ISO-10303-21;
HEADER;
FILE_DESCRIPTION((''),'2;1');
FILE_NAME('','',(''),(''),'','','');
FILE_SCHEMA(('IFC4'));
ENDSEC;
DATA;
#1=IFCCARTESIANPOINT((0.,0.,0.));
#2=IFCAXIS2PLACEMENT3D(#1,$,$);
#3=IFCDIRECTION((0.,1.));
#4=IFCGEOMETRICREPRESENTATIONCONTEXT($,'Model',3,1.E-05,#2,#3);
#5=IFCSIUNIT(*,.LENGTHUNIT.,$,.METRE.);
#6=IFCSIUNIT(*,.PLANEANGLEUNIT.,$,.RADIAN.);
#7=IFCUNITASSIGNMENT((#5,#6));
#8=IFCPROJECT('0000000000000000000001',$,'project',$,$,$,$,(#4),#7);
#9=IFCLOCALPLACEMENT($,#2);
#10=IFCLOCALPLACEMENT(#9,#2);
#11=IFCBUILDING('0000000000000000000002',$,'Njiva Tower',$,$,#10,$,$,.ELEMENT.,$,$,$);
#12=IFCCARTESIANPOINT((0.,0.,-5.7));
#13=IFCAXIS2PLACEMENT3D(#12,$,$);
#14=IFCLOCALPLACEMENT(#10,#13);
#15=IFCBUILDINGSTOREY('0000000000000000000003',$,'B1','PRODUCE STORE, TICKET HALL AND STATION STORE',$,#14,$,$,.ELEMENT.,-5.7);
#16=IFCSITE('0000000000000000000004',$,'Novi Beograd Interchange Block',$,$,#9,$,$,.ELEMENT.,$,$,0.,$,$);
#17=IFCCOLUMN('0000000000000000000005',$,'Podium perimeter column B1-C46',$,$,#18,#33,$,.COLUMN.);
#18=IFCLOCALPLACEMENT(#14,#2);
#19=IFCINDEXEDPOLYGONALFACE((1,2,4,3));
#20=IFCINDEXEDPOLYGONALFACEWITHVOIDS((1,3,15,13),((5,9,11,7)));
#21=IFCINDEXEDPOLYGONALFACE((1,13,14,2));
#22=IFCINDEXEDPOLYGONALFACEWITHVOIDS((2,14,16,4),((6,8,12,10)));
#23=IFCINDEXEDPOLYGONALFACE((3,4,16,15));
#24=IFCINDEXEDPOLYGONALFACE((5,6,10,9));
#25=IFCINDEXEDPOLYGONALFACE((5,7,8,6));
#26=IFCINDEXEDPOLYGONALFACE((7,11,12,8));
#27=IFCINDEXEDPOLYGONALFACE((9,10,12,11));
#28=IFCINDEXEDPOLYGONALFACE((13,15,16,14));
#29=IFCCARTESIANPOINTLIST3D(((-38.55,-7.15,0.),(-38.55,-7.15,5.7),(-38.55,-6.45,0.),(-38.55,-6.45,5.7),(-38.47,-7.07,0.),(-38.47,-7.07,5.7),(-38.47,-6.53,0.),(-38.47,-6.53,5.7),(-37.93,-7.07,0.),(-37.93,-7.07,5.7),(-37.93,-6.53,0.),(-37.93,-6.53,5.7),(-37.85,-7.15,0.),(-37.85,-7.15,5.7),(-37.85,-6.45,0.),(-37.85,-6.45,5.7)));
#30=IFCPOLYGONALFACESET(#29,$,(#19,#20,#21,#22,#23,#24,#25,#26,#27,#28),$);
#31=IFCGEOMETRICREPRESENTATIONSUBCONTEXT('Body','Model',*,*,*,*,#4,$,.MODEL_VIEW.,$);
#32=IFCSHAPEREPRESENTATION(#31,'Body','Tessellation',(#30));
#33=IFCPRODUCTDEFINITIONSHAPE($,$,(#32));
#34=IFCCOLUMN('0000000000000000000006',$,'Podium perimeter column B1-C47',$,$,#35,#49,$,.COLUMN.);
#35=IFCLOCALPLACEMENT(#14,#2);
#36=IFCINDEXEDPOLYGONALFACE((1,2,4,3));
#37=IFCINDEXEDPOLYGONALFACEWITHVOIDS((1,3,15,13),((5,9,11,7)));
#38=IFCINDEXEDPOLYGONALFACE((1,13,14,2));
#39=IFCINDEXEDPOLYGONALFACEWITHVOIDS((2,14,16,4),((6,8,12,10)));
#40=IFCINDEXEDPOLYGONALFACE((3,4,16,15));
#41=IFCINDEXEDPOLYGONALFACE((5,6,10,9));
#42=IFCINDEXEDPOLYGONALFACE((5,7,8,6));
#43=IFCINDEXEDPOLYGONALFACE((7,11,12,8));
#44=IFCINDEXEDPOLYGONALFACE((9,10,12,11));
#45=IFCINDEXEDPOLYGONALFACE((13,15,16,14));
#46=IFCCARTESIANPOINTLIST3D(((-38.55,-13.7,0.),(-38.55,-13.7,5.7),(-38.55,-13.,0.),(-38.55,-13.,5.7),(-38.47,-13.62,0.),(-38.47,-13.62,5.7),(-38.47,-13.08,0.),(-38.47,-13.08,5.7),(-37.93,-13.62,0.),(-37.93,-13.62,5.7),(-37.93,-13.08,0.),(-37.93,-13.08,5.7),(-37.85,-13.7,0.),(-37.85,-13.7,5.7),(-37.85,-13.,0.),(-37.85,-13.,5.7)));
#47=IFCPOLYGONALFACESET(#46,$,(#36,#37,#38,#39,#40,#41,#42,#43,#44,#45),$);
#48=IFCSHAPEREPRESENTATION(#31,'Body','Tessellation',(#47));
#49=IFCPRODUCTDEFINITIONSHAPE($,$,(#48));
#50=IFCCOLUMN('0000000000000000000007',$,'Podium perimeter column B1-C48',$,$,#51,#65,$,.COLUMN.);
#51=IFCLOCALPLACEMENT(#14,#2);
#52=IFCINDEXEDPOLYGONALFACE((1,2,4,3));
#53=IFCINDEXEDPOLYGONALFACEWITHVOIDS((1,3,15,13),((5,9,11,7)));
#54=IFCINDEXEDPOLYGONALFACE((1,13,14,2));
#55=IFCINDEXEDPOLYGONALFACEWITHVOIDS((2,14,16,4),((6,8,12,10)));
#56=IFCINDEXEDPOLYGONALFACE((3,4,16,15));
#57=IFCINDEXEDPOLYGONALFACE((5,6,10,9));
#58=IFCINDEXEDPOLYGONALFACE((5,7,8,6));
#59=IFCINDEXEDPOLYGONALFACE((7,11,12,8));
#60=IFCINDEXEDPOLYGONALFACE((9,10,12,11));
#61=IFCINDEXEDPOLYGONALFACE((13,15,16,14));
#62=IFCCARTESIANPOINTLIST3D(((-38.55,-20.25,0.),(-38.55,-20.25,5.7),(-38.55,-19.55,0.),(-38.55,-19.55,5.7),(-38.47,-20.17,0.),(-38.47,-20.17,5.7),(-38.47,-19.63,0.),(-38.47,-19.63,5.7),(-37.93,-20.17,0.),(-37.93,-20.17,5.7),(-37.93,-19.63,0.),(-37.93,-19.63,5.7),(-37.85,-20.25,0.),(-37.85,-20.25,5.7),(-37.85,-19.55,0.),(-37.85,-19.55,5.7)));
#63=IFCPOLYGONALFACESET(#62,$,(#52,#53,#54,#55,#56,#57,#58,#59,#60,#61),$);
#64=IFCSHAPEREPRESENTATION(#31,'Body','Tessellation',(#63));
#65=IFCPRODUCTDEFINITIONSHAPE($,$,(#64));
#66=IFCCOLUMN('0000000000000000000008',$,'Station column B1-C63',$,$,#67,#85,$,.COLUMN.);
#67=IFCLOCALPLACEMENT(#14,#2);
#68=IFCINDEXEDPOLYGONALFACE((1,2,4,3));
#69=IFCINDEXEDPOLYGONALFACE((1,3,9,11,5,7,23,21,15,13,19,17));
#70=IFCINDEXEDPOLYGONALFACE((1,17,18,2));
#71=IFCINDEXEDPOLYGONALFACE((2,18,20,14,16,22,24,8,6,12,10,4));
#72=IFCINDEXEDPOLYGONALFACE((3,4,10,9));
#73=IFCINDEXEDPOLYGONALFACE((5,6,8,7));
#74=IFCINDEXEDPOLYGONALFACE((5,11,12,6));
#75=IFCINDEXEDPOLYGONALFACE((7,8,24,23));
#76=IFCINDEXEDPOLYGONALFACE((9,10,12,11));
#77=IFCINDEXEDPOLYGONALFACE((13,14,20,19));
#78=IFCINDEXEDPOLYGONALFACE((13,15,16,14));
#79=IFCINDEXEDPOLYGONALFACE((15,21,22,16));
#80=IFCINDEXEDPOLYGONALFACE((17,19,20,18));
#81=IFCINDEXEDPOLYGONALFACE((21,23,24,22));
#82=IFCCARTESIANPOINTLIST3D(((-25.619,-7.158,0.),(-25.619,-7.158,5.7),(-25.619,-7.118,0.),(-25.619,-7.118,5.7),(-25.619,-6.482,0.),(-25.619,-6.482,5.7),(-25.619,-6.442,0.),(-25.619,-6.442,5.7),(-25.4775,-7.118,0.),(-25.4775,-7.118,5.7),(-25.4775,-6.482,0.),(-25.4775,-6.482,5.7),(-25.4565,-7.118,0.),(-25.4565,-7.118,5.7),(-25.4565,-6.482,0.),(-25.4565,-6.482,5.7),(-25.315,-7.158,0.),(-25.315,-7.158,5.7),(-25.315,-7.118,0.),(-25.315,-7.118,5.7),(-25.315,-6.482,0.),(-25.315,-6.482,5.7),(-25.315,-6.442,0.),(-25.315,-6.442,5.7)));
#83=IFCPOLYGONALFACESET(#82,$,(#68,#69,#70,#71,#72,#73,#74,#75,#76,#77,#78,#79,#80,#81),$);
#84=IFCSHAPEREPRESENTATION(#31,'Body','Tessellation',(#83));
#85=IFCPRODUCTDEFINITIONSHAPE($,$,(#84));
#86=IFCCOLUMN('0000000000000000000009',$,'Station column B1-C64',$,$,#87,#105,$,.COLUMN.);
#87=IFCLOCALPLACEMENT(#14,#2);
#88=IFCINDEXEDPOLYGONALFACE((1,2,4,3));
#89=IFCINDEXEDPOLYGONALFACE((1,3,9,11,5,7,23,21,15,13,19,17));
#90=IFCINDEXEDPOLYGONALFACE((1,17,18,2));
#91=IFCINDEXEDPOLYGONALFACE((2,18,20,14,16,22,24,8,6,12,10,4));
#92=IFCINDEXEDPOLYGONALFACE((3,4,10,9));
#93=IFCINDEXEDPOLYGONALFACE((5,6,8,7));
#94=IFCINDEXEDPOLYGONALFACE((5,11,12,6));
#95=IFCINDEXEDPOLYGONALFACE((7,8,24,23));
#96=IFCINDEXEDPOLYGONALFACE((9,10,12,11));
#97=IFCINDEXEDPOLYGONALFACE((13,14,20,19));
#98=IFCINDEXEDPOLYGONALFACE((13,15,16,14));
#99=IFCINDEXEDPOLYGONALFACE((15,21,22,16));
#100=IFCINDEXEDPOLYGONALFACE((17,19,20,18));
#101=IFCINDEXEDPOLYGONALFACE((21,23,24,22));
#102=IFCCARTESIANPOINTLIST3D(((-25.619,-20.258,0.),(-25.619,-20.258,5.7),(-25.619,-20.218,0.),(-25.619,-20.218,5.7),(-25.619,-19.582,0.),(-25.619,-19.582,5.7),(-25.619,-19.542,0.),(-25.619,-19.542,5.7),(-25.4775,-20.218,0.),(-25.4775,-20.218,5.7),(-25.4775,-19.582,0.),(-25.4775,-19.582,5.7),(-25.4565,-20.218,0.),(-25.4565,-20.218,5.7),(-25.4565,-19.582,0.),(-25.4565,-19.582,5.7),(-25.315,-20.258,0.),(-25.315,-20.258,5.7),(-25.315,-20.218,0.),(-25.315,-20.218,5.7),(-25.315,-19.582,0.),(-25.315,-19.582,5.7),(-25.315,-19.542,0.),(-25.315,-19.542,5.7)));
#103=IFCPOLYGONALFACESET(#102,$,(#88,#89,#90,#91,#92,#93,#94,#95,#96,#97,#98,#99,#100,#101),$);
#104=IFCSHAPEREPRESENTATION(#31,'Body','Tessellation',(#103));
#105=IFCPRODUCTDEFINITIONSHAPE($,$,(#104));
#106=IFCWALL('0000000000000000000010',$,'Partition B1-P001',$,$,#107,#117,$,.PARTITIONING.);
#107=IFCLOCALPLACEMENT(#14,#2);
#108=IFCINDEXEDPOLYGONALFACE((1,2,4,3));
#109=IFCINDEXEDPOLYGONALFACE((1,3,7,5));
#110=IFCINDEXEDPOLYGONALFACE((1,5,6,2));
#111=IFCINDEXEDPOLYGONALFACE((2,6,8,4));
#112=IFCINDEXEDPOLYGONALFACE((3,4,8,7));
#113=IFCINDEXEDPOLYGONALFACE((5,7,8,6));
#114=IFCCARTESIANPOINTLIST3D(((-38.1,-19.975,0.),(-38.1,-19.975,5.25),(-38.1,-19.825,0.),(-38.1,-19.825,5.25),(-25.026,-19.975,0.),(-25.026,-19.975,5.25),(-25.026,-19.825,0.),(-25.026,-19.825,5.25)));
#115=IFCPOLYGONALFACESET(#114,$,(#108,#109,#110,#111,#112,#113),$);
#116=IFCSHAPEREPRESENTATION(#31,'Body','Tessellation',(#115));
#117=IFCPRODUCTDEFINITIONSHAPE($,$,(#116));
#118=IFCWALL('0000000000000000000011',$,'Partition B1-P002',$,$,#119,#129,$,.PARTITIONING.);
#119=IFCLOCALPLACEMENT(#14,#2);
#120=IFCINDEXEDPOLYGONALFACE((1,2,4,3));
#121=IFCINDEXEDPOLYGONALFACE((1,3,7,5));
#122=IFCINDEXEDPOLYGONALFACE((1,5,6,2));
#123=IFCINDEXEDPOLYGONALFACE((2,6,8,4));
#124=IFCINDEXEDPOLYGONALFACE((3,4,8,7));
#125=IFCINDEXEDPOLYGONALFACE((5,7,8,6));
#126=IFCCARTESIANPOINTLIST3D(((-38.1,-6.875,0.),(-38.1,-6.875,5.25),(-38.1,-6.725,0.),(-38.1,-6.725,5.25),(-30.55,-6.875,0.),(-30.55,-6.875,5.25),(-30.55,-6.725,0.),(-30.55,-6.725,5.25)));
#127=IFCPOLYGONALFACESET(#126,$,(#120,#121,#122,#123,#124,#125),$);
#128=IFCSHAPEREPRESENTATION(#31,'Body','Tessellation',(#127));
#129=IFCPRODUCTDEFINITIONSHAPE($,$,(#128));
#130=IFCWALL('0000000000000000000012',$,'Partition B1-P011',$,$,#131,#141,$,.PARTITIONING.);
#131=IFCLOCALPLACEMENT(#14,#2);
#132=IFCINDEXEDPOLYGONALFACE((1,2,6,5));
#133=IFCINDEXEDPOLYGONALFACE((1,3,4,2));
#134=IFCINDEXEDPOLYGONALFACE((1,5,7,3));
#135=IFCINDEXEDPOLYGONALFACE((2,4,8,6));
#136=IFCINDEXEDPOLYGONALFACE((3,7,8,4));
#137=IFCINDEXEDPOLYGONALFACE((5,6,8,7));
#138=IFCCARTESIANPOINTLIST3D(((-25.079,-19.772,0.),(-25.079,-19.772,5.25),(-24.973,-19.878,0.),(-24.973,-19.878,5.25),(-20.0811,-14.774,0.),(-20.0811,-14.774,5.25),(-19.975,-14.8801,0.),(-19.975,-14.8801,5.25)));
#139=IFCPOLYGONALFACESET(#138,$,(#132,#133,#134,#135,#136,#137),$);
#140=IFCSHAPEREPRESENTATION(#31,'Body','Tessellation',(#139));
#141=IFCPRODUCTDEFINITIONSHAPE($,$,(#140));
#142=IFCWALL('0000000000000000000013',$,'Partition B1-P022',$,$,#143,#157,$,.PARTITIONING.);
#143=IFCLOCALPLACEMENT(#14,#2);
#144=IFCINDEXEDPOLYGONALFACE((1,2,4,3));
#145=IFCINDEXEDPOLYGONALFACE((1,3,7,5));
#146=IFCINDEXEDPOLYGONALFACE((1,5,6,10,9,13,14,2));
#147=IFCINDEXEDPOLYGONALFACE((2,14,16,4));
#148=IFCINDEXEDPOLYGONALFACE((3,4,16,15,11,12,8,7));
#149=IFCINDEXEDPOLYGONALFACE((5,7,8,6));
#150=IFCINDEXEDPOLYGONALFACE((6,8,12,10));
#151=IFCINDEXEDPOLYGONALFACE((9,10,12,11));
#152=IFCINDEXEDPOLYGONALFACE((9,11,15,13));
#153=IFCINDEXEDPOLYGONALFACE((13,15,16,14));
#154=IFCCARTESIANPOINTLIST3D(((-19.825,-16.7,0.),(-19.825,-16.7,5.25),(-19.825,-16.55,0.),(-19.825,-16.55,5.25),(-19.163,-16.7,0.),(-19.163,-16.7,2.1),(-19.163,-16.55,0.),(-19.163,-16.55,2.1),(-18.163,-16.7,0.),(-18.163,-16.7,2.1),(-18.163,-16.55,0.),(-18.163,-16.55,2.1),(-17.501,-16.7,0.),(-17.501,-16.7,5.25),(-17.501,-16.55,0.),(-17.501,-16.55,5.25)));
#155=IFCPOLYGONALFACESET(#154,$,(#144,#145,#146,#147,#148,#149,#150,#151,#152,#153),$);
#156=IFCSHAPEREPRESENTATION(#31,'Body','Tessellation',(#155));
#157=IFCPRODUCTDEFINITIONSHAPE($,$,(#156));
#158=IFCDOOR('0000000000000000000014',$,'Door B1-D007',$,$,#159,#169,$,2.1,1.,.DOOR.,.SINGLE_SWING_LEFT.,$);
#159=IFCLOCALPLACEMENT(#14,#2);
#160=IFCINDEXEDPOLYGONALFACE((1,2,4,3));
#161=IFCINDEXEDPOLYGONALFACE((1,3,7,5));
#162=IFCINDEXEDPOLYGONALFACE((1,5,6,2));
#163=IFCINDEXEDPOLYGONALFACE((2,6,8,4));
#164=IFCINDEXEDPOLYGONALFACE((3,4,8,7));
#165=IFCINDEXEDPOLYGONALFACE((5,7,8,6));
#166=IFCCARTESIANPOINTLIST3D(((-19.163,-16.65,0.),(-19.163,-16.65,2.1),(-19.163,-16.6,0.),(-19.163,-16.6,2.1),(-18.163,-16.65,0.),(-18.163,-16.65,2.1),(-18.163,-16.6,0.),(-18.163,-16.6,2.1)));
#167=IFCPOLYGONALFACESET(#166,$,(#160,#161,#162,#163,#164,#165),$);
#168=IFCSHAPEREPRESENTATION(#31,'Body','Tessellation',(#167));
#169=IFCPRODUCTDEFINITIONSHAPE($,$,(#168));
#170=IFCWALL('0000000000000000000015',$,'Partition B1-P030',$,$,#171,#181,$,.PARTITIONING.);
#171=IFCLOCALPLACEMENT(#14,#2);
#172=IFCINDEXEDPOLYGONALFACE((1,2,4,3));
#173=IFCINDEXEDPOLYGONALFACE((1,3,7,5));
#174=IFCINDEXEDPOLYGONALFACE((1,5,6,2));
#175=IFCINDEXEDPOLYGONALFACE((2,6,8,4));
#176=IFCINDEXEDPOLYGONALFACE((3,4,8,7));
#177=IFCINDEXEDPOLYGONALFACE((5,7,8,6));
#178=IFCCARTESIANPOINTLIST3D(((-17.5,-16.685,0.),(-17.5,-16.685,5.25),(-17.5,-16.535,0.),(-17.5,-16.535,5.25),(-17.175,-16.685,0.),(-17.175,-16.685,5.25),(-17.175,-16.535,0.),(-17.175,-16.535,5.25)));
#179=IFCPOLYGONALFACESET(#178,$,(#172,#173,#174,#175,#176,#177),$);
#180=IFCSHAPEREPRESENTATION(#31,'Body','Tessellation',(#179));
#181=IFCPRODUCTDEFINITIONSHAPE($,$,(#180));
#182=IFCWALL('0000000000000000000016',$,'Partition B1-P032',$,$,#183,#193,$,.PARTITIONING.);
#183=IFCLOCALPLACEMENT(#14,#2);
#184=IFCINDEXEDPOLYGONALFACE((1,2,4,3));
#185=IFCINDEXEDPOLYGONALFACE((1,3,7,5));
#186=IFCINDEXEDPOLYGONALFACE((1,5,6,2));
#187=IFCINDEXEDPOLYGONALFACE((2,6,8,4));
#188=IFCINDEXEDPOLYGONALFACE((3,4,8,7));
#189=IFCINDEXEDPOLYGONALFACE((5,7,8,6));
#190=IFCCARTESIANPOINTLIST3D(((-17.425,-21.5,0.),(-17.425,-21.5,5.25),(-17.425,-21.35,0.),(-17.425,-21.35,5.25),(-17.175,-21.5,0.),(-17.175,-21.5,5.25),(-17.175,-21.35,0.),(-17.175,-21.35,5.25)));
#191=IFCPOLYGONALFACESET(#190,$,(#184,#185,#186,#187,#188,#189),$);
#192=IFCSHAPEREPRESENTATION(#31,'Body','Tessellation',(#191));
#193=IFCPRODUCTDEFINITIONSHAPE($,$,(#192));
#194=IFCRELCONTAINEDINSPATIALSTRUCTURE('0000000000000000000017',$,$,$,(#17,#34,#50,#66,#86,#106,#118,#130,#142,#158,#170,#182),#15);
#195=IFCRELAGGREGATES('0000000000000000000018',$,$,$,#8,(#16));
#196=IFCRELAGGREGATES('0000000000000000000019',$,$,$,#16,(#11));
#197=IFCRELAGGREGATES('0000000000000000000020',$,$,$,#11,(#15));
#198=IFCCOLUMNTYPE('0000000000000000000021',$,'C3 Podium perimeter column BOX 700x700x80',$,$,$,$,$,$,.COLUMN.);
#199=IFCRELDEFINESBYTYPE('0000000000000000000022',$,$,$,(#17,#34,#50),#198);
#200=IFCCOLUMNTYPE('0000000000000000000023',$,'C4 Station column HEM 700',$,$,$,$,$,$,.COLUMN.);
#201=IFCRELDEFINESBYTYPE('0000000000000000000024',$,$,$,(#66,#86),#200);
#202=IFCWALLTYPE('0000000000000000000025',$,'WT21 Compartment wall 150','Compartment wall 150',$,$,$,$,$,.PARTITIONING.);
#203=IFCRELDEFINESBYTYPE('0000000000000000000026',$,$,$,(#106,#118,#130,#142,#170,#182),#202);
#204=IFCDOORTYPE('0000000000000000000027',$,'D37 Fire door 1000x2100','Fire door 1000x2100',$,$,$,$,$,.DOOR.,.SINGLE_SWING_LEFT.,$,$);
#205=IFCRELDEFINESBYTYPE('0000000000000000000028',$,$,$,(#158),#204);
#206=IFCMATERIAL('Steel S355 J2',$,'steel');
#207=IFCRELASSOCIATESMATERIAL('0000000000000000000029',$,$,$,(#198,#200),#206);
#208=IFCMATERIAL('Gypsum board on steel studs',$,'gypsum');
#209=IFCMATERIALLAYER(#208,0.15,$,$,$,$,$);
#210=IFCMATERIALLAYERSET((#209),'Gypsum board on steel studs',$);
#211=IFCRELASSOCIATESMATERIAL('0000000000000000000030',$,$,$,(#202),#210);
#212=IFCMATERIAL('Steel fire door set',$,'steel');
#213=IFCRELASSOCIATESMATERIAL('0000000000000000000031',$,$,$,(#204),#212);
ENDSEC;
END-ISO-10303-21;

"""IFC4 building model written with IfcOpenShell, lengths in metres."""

from ifc_helpers import new_model, si_unit, direction, frame, frame_2d, origin, origin_2d, place, context, subcontext, project, spatial, rectangle, hollow_rectangle, i_section, extrude, material, layer, layer_set, material_profile, profile_set, type_object, element, fill, save


model = new_model("IFC4")

# Units and contexts
model_context = context("Model", 3, precision=1e-05, world=origin(), true_north=direction((0.0, 1.0)))
body_context = subcontext(model_context, "Body", "Model", "MODEL_VIEW")
ifc_project = project(units=[si_unit("LENGTHUNIT", "METRE"), si_unit("PLANEANGLEUNIT", "RADIAN")], contexts=[model_context])

# Site, building, storey
site_placement = place(None, origin())
site = spatial("IfcSite", under=ifc_project, at=site_placement, Name="Novi Beograd Interchange Block", CompositionType="ELEMENT", RefElevation=0.0)
building_placement = place(site_placement, origin())
building = spatial("IfcBuilding", under=site, at=building_placement, Name="Njiva Tower", CompositionType="ELEMENT")
storey_placement = place(building_placement, frame((0.0, 0.0, -5.7)))
storey = spatial("IfcBuildingStorey", under=building, at=storey_placement, Name="B1", Description="PRODUCE STORE, TICKET HALL AND STATION STORE", CompositionType="ELEMENT", Elevation=-5.7)

# Columns
ifc_material_1 = material(Name="Steel S355 J2", Category="steel")
ifc_material_profile_1 = material_profile(ifc_material_1, hollow_rectangle(XDim=0.7, YDim=0.7, WallThickness=0.08, at=origin_2d()), Name="BOX 700x700x80")
ifc_profile_set_1 = profile_set([ifc_material_profile_1], Name="Steel S355 J2")
column_type_1 = type_object("IfcColumnType", Name="C3 Podium perimeter column BOX 700x700x80", PredefinedType="COLUMN", material=ifc_profile_set_1)
for number, where, z_axis, x_axis, name in (
    (1, (-38.2, -6.8, 0.0), (0.0, 0.0, 1.0), (0.0, -1.0, 0.0), "Podium perimeter column B1-C46"),
    (2, (-38.2, -13.35, 0.0), (0.0, 0.0, 1.0), (0.0, -1.0, 0.0), "Podium perimeter column B1-C47"),
    (3, (-38.2, -19.9, 0.0), (0.0, 0.0, 1.0), (0.0, -1.0, 0.0), "Podium perimeter column B1-C48"),
):
    element("IfcColumn", number, at=place(storey_placement, frame(where, z_axis=z_axis, x_axis=x_axis)), inside=storey, type_object=column_type_1, Name=name, PredefinedType="COLUMN", context=body_context, shape_type="SweptSolid", body=[
        extrude(hollow_rectangle(XDim=0.7, YDim=0.7, WallThickness=0.08, at=origin_2d()), origin(), (0.0, 0.0, 1.0), 5.7),
    ])
ifc_material_profile_2 = material_profile(ifc_material_1, i_section(OverallWidth=0.304, OverallDepth=0.716, WebThickness=0.021, FlangeThickness=0.04, at=origin_2d()), Name="HEM 700")
ifc_profile_set_2 = profile_set([ifc_material_profile_2], Name="Steel S355 J2")
column_type_2 = type_object("IfcColumnType", Name="C4 Station column HEM 700", PredefinedType="COLUMN", material=ifc_profile_set_2)
for number, where, z_axis, x_axis, name in (
    (4, (-25.467, -6.8, 0.0), (0.0, 0.0, 1.0), (1.0, 0.0, 0.0), "Station column B1-C63"),
    (5, (-25.467, -19.9, 0.0), (0.0, 0.0, 1.0), (1.0, 0.0, 0.0), "Station column B1-C64"),
):
    element("IfcColumn", number, at=place(storey_placement, frame(where, z_axis=z_axis, x_axis=x_axis)), inside=storey, type_object=column_type_2, Name=name, PredefinedType="COLUMN", context=body_context, shape_type="SweptSolid", body=[
        extrude(i_section(OverallWidth=0.304, OverallDepth=0.716, WebThickness=0.021, FlangeThickness=0.04, at=origin_2d()), origin(), (0.0, 0.0, 1.0), 5.7),
    ])

# Walls
ifc_material_2 = material(Name="Gypsum board on steel studs", Category="gypsum")
ifc_layer_1 = layer(ifc_material_2, 0.15)
ifc_layer_set_1 = layer_set([ifc_layer_1], Name="Gypsum board on steel studs")
wall_type_1 = type_object("IfcWallType", Name="WT21 Compartment wall 150", Description="Compartment wall 150", PredefinedType="PARTITIONING", material=ifc_layer_set_1)
wall_1_placement = place(storey_placement, frame((-38.1, -19.9, 0.0), z_axis=(0.0, 0.0, 1.0), x_axis=(1.0, 0.0, 0.0)))
element("IfcWall", 6, at=wall_1_placement, inside=storey, type_object=wall_type_1, Name="Partition B1-P001", PredefinedType="PARTITIONING", context=body_context, shape_type="SweptSolid", body=[
    extrude(rectangle(XDim=13.074, YDim=0.15, at=frame_2d((6.537, 0.0))), origin(), (0.0, 0.0, 1.0), 5.25),
])
wall_2_placement = place(storey_placement, frame((-38.1, -6.8, 0.0), z_axis=(0.0, 0.0, 1.0), x_axis=(1.0, 0.0, 0.0)))
element("IfcWall", 7, at=wall_2_placement, inside=storey, type_object=wall_type_1, Name="Partition B1-P002", PredefinedType="PARTITIONING", context=body_context, shape_type="SweptSolid", body=[
    extrude(rectangle(XDim=7.55, YDim=0.15, at=frame_2d((3.775, 0.0))), origin(), (0.0, 0.0, 1.0), 5.25),
])
wall_3_placement = place(storey_placement, frame((-25.026, -19.825, 0.0), z_axis=(0.0, 0.0, 1.0), x_axis=(0.707107, 0.707107, 0.0)))
element("IfcWall", 8, at=wall_3_placement, inside=storey, type_object=wall_type_1, Name="Partition B1-P011", PredefinedType="PARTITIONING", context=body_context, shape_type="SweptSolid", body=[
    extrude(rectangle(XDim=7.0682, YDim=0.15, at=frame_2d((3.5341, 0.0))), origin(), (0.0, 0.0, 1.0), 5.25),
])

# Wall, opening, door
wall_4_placement = place(storey_placement, frame((-19.825, -16.625, 0.0), z_axis=(0.0, 0.0, 1.0), x_axis=(1.0, 0.0, 0.0)))
wall_4 = element("IfcWall", 9, at=wall_4_placement, inside=storey, type_object=wall_type_1, Name="Partition B1-P022", PredefinedType="PARTITIONING", context=body_context, shape_type="SweptSolid", body=[
    extrude(rectangle(XDim=2.324, YDim=0.15, at=frame_2d((1.162, 0.0))), origin(), (0.0, 0.0, 1.0), 5.25),
])
opening_1_placement = place(wall_4_placement, frame((0.662, 0.0, 0.0)))
opening_1 = element("IfcOpeningElement", 10, at=opening_1_placement, cuts=wall_4, PredefinedType="OPENING", context=body_context, shape_type="SweptSolid", body=[
    extrude(rectangle(XDim=1.0, YDim=2.1, at=frame_2d((0.5, 1.05))), frame((0.0, 0.085, 0.0), z_axis=(0.0, -1.0, 0.0), x_axis=(1.0, 0.0, 0.0)), (0.0, 0.0, 1.0), 0.17),
])
ifc_material_3 = material(Name="Steel fire door set", Category="steel")
door_type_1 = type_object("IfcDoorType", Name="D37 Fire door 1000x2100", Description="Fire door 1000x2100", OperationType="SINGLE_SWING_LEFT", PredefinedType="DOOR", material=ifc_material_3)
door_1_placement = place(opening_1_placement, origin())
door_1 = element("IfcDoor", 11, at=door_1_placement, inside=storey, type_object=door_type_1, Name="Door B1-D007", OperationType="SINGLE_SWING_LEFT", OverallHeight=2.1, OverallWidth=1.0, PredefinedType="DOOR", context=body_context, shape_type="SweptSolid", body=[
    extrude(rectangle(XDim=1.0, YDim=2.1, at=frame_2d((0.5, 1.05))), frame((0.0, 0.025, 0.0), z_axis=(0.0, -1.0, 0.0), x_axis=(1.0, 0.0, 0.0)), (0.0, 0.0, 1.0), 0.05),
])
fill(opening_1, door_1)

# Walls
wall_5_placement = place(storey_placement, frame((-17.5, -16.61, 0.0), z_axis=(0.0, 0.0, 1.0), x_axis=(1.0, 0.0, 0.0)))
element("IfcWall", 12, at=wall_5_placement, inside=storey, type_object=wall_type_1, Name="Partition B1-P030", PredefinedType="PARTITIONING", context=body_context, shape_type="SweptSolid", body=[
    extrude(rectangle(XDim=0.325, YDim=0.15, at=frame_2d((0.1625, 0.0))), origin(), (0.0, 0.0, 1.0), 5.25),
])
wall_6_placement = place(storey_placement, frame((-17.425, -21.425, 0.0), z_axis=(0.0, 0.0, 1.0), x_axis=(1.0, 0.0, 0.0)))
element("IfcWall", 13, at=wall_6_placement, inside=storey, type_object=wall_type_1, Name="Partition B1-P032", PredefinedType="PARTITIONING", context=body_context, shape_type="SweptSolid", body=[
    extrude(rectangle(XDim=0.25, YDim=0.15, at=frame_2d((0.125, 0.0))), origin(), (0.0, 0.0, 1.0), 5.25),
])

save(model, "model.ifc")
